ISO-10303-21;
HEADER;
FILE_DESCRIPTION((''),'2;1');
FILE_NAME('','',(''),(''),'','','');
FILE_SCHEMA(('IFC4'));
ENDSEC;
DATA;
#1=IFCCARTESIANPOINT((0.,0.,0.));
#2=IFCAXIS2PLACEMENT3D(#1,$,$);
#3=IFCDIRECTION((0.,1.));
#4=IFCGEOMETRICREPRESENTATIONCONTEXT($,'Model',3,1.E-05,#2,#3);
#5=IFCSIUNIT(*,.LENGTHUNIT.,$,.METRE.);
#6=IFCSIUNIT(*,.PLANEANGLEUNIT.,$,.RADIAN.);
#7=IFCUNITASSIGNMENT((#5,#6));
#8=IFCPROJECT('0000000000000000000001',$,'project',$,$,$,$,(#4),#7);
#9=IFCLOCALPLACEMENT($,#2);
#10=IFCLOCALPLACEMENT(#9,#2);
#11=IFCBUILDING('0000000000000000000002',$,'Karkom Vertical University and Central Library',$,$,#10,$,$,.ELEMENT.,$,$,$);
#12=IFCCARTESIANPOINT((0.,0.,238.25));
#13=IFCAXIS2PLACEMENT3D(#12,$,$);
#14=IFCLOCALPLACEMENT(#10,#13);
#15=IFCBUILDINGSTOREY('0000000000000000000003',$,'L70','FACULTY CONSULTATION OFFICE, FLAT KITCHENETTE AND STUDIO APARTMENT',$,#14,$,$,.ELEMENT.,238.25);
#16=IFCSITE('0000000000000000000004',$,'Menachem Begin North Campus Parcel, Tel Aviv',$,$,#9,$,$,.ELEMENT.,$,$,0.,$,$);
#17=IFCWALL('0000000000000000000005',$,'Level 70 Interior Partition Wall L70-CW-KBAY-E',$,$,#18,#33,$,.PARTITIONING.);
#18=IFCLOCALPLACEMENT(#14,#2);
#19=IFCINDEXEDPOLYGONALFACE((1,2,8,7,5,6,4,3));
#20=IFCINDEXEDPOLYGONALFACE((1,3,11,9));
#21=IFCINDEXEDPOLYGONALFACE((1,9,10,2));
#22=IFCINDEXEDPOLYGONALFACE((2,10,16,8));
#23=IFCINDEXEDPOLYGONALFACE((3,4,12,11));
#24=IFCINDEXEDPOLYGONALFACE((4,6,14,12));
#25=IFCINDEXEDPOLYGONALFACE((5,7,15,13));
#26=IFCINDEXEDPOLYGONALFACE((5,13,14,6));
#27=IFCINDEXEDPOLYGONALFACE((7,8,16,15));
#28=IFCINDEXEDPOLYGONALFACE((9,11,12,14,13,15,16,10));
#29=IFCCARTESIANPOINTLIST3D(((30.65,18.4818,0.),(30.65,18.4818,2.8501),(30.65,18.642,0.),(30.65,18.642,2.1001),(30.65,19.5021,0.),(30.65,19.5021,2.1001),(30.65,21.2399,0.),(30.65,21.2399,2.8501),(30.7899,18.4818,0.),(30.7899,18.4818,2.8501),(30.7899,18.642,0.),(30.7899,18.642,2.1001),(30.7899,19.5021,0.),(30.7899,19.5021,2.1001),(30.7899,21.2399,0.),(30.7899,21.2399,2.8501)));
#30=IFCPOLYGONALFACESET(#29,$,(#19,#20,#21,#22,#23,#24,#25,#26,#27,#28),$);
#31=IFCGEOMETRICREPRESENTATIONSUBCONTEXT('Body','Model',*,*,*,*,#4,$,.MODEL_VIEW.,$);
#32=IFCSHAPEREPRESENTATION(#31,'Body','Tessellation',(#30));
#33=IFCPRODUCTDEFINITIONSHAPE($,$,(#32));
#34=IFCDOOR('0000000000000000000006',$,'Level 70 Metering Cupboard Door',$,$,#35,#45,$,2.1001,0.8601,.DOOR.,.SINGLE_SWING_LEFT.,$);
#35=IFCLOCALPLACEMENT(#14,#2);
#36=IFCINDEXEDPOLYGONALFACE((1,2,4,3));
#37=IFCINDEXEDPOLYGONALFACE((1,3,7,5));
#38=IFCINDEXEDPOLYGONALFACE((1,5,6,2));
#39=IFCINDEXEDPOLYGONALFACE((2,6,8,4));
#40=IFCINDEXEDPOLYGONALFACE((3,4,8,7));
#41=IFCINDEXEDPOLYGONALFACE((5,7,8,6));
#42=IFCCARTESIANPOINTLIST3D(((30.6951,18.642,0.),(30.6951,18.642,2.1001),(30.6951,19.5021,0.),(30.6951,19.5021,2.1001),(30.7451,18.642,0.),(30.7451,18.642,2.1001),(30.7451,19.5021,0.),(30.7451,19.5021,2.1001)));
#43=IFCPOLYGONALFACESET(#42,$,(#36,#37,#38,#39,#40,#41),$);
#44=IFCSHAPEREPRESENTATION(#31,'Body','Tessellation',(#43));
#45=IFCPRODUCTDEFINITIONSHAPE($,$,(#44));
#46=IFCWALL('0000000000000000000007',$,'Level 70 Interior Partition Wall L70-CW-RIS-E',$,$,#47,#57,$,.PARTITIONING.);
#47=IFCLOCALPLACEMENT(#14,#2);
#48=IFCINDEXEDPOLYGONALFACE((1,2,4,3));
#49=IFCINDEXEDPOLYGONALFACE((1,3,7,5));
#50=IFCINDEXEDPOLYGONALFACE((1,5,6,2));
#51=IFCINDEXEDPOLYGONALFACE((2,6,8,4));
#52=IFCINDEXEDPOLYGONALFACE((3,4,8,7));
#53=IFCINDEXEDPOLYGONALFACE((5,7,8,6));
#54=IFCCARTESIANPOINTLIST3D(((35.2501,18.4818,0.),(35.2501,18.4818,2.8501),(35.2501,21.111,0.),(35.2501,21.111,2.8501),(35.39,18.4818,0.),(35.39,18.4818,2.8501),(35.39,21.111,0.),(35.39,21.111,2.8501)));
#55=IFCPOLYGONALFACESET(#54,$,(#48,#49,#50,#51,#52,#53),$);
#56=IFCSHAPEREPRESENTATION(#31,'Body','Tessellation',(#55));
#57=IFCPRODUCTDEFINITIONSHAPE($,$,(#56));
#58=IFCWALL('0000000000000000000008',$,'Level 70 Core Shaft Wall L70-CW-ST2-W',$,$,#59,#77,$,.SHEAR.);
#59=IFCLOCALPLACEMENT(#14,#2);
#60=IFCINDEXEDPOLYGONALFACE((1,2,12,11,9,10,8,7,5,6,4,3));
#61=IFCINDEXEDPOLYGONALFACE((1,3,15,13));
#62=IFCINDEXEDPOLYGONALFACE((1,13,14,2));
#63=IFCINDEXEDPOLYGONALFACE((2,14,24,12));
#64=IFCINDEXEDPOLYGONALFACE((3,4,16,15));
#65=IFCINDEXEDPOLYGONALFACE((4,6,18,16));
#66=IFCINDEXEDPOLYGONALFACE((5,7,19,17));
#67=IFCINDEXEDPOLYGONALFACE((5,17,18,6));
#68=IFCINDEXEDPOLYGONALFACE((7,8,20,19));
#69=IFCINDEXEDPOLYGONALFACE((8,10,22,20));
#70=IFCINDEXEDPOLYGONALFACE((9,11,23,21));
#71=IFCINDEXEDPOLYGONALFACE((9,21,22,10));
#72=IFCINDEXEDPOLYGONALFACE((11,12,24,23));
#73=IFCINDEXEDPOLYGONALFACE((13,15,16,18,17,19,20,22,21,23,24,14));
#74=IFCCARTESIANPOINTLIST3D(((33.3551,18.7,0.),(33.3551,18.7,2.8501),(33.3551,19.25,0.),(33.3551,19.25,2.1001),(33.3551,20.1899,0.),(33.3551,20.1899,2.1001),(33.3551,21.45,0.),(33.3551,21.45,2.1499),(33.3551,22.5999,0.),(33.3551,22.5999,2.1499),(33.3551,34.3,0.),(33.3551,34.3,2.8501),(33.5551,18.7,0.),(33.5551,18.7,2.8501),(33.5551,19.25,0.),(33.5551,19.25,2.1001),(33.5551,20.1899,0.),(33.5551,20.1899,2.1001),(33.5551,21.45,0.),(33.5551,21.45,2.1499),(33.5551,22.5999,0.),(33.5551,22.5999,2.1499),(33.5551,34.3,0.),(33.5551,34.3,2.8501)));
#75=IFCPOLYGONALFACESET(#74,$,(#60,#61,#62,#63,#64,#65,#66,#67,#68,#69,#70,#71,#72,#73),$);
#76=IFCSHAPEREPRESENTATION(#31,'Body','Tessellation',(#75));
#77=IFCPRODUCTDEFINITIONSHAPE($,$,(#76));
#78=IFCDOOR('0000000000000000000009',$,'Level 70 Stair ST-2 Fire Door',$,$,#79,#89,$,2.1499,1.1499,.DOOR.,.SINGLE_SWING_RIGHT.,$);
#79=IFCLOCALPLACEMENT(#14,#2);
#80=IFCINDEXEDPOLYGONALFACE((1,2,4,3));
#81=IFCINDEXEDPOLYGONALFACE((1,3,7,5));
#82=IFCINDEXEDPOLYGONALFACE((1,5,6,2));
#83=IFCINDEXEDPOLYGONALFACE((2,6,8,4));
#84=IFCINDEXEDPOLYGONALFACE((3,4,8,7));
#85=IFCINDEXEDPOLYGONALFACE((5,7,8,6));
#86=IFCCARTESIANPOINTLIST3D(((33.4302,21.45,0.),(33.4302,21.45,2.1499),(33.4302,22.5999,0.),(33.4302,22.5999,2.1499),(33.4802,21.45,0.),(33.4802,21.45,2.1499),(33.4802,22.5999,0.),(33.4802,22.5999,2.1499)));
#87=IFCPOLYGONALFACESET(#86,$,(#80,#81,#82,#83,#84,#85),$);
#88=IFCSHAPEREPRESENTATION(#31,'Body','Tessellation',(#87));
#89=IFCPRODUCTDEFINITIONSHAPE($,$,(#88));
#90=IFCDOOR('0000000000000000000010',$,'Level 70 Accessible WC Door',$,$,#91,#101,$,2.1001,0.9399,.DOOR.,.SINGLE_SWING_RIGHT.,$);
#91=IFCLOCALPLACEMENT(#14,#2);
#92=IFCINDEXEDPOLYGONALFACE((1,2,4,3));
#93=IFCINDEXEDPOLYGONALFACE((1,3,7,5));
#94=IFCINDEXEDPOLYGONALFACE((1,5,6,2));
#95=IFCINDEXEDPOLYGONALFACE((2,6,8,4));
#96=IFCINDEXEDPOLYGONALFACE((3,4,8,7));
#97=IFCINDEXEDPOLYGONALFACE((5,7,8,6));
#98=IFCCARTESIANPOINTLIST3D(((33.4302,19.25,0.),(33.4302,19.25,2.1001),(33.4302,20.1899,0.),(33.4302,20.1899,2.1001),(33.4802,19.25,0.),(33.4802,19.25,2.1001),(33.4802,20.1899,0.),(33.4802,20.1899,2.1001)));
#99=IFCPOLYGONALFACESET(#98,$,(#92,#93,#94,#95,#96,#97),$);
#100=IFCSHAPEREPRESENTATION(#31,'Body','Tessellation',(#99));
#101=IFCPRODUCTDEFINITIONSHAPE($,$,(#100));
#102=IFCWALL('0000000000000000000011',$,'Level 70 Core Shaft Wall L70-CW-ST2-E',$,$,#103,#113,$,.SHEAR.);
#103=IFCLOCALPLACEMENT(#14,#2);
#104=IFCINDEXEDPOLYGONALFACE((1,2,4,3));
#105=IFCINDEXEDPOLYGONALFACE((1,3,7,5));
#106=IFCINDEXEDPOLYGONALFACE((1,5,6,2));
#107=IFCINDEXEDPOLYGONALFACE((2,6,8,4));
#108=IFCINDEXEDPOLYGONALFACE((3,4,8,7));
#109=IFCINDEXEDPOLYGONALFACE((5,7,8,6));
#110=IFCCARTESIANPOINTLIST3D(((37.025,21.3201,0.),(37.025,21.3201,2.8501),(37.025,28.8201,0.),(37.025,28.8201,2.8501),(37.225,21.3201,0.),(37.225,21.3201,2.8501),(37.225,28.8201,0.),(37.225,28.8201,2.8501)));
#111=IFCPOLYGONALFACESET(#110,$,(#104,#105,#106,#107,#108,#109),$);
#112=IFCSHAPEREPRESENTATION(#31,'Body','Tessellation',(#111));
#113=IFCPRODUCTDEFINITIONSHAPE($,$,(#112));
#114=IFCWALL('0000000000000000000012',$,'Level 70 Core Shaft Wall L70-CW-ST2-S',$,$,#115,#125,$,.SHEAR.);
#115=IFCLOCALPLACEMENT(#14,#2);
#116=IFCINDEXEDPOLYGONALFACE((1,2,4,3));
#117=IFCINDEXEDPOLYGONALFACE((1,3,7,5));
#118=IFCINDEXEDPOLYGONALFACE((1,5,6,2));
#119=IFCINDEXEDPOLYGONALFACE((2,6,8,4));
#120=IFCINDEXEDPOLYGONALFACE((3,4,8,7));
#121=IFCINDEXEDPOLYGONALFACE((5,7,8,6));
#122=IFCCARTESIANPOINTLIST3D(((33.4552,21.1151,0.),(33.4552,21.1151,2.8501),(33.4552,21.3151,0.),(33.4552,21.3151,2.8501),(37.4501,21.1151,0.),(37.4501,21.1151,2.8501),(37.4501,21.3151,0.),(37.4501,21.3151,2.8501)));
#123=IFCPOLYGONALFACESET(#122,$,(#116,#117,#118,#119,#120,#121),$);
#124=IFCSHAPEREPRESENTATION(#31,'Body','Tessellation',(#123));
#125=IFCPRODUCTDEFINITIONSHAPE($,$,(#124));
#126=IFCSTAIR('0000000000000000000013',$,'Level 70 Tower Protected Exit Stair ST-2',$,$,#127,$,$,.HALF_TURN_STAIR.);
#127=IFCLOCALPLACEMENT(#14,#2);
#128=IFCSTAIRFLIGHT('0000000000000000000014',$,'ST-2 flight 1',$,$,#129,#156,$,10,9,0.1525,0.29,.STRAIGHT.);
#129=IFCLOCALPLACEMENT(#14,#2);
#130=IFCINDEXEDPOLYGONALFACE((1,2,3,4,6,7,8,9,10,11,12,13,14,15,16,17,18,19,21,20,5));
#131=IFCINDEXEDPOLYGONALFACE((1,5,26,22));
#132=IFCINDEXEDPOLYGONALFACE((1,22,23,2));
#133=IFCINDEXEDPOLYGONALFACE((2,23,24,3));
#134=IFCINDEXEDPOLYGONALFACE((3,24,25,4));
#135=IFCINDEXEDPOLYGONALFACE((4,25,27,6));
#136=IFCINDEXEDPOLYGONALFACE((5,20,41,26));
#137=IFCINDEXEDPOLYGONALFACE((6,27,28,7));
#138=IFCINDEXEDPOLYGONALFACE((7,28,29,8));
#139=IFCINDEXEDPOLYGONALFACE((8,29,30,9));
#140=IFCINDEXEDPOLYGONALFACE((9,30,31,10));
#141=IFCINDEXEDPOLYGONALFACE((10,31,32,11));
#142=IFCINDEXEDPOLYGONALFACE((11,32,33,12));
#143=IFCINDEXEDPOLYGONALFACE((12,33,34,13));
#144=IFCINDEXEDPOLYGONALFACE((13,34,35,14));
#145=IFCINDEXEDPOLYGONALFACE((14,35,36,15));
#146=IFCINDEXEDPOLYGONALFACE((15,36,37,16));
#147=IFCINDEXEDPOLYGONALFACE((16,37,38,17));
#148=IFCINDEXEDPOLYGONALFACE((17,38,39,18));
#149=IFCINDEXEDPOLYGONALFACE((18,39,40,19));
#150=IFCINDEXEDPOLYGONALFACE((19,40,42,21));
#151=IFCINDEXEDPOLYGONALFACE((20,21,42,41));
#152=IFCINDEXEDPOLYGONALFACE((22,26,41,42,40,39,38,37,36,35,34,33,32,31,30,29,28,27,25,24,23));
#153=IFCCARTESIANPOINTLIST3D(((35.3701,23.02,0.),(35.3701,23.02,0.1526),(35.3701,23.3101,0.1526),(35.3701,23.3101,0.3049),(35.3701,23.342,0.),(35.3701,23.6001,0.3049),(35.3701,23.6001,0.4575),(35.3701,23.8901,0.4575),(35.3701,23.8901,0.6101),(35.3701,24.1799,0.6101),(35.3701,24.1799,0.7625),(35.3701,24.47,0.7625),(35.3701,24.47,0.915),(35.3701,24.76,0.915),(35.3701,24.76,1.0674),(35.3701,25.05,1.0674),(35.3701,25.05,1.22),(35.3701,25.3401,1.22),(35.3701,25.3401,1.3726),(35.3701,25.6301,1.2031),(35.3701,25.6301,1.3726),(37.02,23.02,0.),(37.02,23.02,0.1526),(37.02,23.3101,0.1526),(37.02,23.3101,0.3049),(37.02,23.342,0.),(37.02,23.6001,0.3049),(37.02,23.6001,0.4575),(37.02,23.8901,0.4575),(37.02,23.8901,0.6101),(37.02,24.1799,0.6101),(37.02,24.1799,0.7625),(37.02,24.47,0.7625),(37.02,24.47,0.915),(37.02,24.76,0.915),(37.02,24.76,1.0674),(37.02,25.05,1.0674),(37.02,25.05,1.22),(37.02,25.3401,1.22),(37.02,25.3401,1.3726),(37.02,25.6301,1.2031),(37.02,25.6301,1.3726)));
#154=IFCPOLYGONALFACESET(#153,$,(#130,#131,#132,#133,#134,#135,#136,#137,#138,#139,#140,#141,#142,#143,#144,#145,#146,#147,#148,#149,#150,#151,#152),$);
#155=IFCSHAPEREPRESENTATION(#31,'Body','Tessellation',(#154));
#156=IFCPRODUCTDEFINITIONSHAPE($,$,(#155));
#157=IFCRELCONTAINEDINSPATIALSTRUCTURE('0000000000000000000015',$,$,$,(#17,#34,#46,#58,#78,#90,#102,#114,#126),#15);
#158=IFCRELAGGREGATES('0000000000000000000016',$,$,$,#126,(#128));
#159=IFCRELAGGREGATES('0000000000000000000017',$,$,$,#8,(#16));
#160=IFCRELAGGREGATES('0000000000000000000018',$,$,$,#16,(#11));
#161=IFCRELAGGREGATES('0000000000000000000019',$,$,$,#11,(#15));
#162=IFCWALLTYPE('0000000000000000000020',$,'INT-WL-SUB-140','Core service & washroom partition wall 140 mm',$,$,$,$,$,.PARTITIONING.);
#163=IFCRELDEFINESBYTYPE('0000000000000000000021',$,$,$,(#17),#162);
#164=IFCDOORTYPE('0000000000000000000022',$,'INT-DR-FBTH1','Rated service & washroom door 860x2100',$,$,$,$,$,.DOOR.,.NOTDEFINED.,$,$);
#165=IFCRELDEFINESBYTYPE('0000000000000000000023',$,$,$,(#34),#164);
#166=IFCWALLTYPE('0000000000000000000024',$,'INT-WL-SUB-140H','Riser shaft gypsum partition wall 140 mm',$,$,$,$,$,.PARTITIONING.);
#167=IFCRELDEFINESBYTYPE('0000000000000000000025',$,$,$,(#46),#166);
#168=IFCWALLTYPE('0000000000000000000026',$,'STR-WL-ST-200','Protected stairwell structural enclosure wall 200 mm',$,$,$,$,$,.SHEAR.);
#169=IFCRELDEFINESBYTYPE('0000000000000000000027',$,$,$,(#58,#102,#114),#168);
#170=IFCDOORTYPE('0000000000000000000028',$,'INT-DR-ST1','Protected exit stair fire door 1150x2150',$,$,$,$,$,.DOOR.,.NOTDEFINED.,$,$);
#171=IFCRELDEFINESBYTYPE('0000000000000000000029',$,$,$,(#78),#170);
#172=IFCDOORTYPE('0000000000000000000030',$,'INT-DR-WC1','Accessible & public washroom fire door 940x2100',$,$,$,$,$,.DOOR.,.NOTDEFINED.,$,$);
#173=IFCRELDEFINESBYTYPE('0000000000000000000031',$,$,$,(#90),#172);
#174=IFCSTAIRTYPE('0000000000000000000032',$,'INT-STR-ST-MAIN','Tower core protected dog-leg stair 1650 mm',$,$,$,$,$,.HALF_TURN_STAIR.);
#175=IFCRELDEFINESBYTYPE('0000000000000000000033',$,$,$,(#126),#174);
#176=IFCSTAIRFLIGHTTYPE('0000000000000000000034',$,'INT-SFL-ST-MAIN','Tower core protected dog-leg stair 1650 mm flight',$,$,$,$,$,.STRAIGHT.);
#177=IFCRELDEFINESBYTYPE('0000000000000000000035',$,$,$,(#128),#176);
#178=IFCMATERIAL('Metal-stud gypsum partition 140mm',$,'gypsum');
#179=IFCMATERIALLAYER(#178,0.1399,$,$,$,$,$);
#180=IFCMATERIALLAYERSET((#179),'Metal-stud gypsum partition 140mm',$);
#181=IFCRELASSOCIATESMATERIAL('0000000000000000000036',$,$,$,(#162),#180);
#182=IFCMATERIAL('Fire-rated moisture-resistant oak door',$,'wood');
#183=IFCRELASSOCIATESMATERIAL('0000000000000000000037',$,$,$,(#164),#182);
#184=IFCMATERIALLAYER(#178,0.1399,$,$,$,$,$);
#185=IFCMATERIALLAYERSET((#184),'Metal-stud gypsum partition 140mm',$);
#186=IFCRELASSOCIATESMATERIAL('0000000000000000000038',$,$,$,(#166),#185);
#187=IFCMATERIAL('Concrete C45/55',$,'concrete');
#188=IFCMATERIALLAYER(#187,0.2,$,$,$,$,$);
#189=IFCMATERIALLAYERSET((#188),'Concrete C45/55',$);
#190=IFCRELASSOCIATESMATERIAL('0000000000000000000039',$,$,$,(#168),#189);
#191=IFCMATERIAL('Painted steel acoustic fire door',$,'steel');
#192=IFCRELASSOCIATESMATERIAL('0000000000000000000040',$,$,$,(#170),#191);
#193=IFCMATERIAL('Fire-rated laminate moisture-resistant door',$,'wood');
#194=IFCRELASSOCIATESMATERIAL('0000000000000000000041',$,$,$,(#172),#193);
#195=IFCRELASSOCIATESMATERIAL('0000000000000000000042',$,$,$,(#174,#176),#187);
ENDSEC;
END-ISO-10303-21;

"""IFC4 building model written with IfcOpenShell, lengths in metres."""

from ifc_helpers import new_model, si_unit, direction, frame, frame_2d, origin, origin_with_axes, place, context, subcontext, project, spatial, polyline, rectangle, outline, extrude, source, transform, mapped, material, layer, layer_set, type_object, element, fill, aggregate, save


model = new_model("IFC4")

# Units and contexts
model_context = context("Model", 3, precision=1e-05, world=origin(), true_north=direction((0.0, 1.0)))
body_context = subcontext(model_context, "Body", "Model", "MODEL_VIEW")
ifc_project = project(units=[si_unit("LENGTHUNIT", "METRE"), si_unit("PLANEANGLEUNIT", "RADIAN")], contexts=[model_context])

# Site, building, storey
site_placement = place(None, origin())
site = spatial("IfcSite", under=ifc_project, at=site_placement, Name="Menachem Begin North Campus Parcel, Tel Aviv", CompositionType="ELEMENT", RefElevation=0.0)
building_placement = place(site_placement, origin())
building = spatial("IfcBuilding", under=site, at=building_placement, Name="Karkom Vertical University and Central Library", CompositionType="ELEMENT")
storey_placement = place(building_placement, frame((0.0, 0.0, 238.25)))
storey = spatial("IfcBuildingStorey", under=building, at=storey_placement, Name="L70", Description="FACULTY CONSULTATION OFFICE, FLAT KITCHENETTE AND STUDIO APARTMENT", CompositionType="ELEMENT", Elevation=238.25)

# Shared definitions
ifc_material_1 = material(Name="Concrete C45/55", Category="concrete")

# Shared definitions
ifc_material_2 = material(Name="Metal-stud gypsum partition 140mm", Category="gypsum")
ifc_layer_1 = layer(ifc_material_2, 0.1399)
ifc_layer_set_1 = layer_set([ifc_layer_1], Name="Metal-stud gypsum partition 140mm")
wall_type_1 = type_object("IfcWallType", Name="INT-WL-SUB-140", Description="Core service & washroom partition wall 140 mm", PredefinedType="PARTITIONING", material=ifc_layer_set_1)

# Wall, opening, door
wall_1_placement = place(storey_placement, frame((30.72, 18.4819, 0.0), z_axis=(0.0, 0.0, 1.0), x_axis=(0.0, 1.0, 0.0)))
wall_1 = element("IfcWall", 1, at=wall_1_placement, inside=storey, type_object=wall_type_1, Name="Level 70 Interior Partition Wall L70-CW-KBAY-E", PredefinedType="PARTITIONING", context=body_context, shape_type="SweptSolid", body=[
    extrude(rectangle(XDim=2.7581, YDim=0.1399, at=frame_2d((1.3789, 0.0))), origin(), (0.0, 0.0, 1.0), 2.8501),
])
opening_1_placement = place(wall_1_placement, frame((0.1599, 0.0, 0.0)))
opening_1 = element("IfcOpeningElement", 2, at=opening_1_placement, cuts=wall_1, PredefinedType="OPENING", context=body_context, shape_type="SweptSolid", body=[
    extrude(rectangle(XDim=0.8601, YDim=2.1001, at=frame_2d((0.4302, 1.05))), frame((0.0, 0.0801, 0.0), z_axis=(0.0, -1.0, 0.0), x_axis=(1.0, 0.0, 0.0)), (0.0, 0.0, 1.0), 0.1599),
])
ifc_material_3 = material(Name="Fire-rated moisture-resistant oak door", Category="wood")
door_type_1 = type_object("IfcDoorType", Name="INT-DR-FBTH1", Description="Rated service & washroom door 860x2100", OperationType="NOTDEFINED", PredefinedType="DOOR", material=ifc_material_3)
shared_shape_1 = source(origin_with_axes(), body_context, "Body", "SweptSolid", [
    extrude(rectangle(XDim=0.8601, YDim=2.1001, at=frame_2d((0.4302, 1.05))), frame((0.0, 0.0249, 0.0), z_axis=(0.0, -1.0, 0.0), x_axis=(1.0, 0.0, 0.0)), (0.0, 0.0, 1.0), 0.05),
])
door_1_placement = place(opening_1_placement, origin())
door_1 = element("IfcDoor", 3, at=door_1_placement, inside=storey, type_object=door_type_1, Name="Level 70 Metering Cupboard Door", OperationType="SINGLE_SWING_LEFT", OverallHeight=2.1001, OverallWidth=0.8601, PredefinedType="DOOR", context=body_context, shape_type="MappedRepresentation", body=[
    mapped(shared_shape_1, transform((0.0, 0.0, 0.0), scale=1.0)),
])
fill(opening_1, door_1)

# Wall
ifc_layer_2 = layer(ifc_material_2, 0.1399)
ifc_layer_set_2 = layer_set([ifc_layer_2], Name="Metal-stud gypsum partition 140mm")
wall_type_2 = type_object("IfcWallType", Name="INT-WL-SUB-140H", Description="Riser shaft gypsum partition wall 140 mm", PredefinedType="PARTITIONING", material=ifc_layer_set_2)
wall_2_placement = place(storey_placement, frame((35.3201, 18.4819, 0.0), z_axis=(0.0, 0.0, 1.0), x_axis=(0.0, 1.0, 0.0)))
element("IfcWall", 4, at=wall_2_placement, inside=storey, type_object=wall_type_2, Name="Level 70 Interior Partition Wall L70-CW-RIS-E", PredefinedType="PARTITIONING", context=body_context, shape_type="SweptSolid", body=[
    extrude(rectangle(XDim=2.6292, YDim=0.1399, at=frame_2d((1.3145, 0.0))), origin(), (0.0, 0.0, 1.0), 2.8501),
])

# Wall, openings, doors
ifc_layer_3 = layer(ifc_material_1, 0.2)
ifc_layer_set_3 = layer_set([ifc_layer_3], Name="Concrete C45/55")
wall_type_3 = type_object("IfcWallType", Name="STR-WL-ST-200", Description="Protected stairwell structural enclosure wall 200 mm", PredefinedType="SHEAR", material=ifc_layer_set_3)
wall_3_placement = place(storey_placement, frame((33.4551, 18.7, 0.0), z_axis=(0.0, 0.0, 1.0), x_axis=(0.0, 1.0, 0.0)))
wall_3 = element("IfcWall", 5, at=wall_3_placement, inside=storey, type_object=wall_type_3, Name="Level 70 Core Shaft Wall L70-CW-ST2-W", PredefinedType="SHEAR", context=body_context, shape_type="SweptSolid", body=[
    extrude(rectangle(XDim=15.6001, YDim=0.2, at=frame_2d((7.8, 0.0))), origin(), (0.0, 0.0, 1.0), 2.8501),
])
opening_2_placement = place(wall_3_placement, frame((2.75, 0.0, 0.0)))
opening_2 = element("IfcOpeningElement", 6, at=opening_2_placement, cuts=wall_3, PredefinedType="OPENING", context=body_context, shape_type="SweptSolid", body=[
    extrude(rectangle(XDim=1.1499, YDim=2.1499, at=frame_2d((0.575, 1.075))), frame((0.0, 0.1099, 0.0), z_axis=(0.0, -1.0, 0.0), x_axis=(1.0, 0.0, 0.0)), (0.0, 0.0, 1.0), 0.22),
])
opening_3_placement = place(wall_3_placement, frame((0.55, 0.0, 0.0)))
opening_3 = element("IfcOpeningElement", 7, at=opening_3_placement, cuts=wall_3, PredefinedType="OPENING", context=body_context, shape_type="SweptSolid", body=[
    extrude(rectangle(XDim=0.9399, YDim=2.1001, at=frame_2d((0.47, 1.05))), frame((0.0, 0.1099, 0.0), z_axis=(0.0, -1.0, 0.0), x_axis=(1.0, 0.0, 0.0)), (0.0, 0.0, 1.0), 0.22),
])
ifc_material_4 = material(Name="Painted steel acoustic fire door", Category="steel")
door_type_2 = type_object("IfcDoorType", Name="INT-DR-ST1", Description="Protected exit stair fire door 1150x2150", OperationType="NOTDEFINED", PredefinedType="DOOR", material=ifc_material_4)
shared_shape_2 = source(origin_with_axes(), body_context, "Body", "SweptSolid", [
    extrude(rectangle(XDim=1.1499, YDim=2.1499, at=frame_2d((0.575, 1.075))), frame((0.0, 0.0249, 0.0), z_axis=(0.0, -1.0, 0.0), x_axis=(1.0, 0.0, 0.0)), (0.0, 0.0, 1.0), 0.05),
])
door_2_placement = place(opening_2_placement, origin())
door_2 = element("IfcDoor", 8, at=door_2_placement, inside=storey, type_object=door_type_2, Name="Level 70 Stair ST-2 Fire Door", OperationType="SINGLE_SWING_RIGHT", OverallHeight=2.1499, OverallWidth=1.1499, PredefinedType="DOOR", context=body_context, shape_type="MappedRepresentation", body=[
    mapped(shared_shape_2, transform((0.0, 0.0, 0.0), scale=1.0)),
])
fill(opening_2, door_2)
ifc_material_5 = material(Name="Fire-rated laminate moisture-resistant door", Category="wood")
door_type_3 = type_object("IfcDoorType", Name="INT-DR-WC1", Description="Accessible & public washroom fire door 940x2100", OperationType="NOTDEFINED", PredefinedType="DOOR", material=ifc_material_5)
shared_shape_3 = source(origin_with_axes(), body_context, "Body", "SweptSolid", [
    extrude(rectangle(XDim=0.9399, YDim=2.1001, at=frame_2d((0.47, 1.05))), frame((0.0, 0.0249, 0.0), z_axis=(0.0, -1.0, 0.0), x_axis=(1.0, 0.0, 0.0)), (0.0, 0.0, 1.0), 0.05),
])
door_3_placement = place(opening_3_placement, origin())
door_3 = element("IfcDoor", 9, at=door_3_placement, inside=storey, type_object=door_type_3, Name="Level 70 Accessible WC Door", OperationType="SINGLE_SWING_RIGHT", OverallHeight=2.1001, OverallWidth=0.9399, PredefinedType="DOOR", context=body_context, shape_type="MappedRepresentation", body=[
    mapped(shared_shape_3, transform((0.0, 0.0, 0.0), scale=1.0)),
])
fill(opening_3, door_3)

# Walls
wall_4_placement = place(storey_placement, frame((37.125, 21.3201, 0.0), z_axis=(0.0, 0.0, 1.0), x_axis=(0.0, 1.0, 0.0)))
element("IfcWall", 10, at=wall_4_placement, inside=storey, type_object=wall_type_3, Name="Level 70 Core Shaft Wall L70-CW-ST2-E", PredefinedType="SHEAR", context=body_context, shape_type="SweptSolid", body=[
    extrude(rectangle(XDim=7.5, YDim=0.2, at=frame_2d((3.75, 0.0))), origin(), (0.0, 0.0, 1.0), 2.8501),
])
wall_5_placement = place(storey_placement, frame((33.4551, 21.2151, 0.0), z_axis=(0.0, 0.0, 1.0), x_axis=(1.0, 0.0, 0.0)))
element("IfcWall", 11, at=wall_5_placement, inside=storey, type_object=wall_type_3, Name="Level 70 Core Shaft Wall L70-CW-ST2-S", PredefinedType="SHEAR", context=body_context, shape_type="SweptSolid", body=[
    extrude(rectangle(XDim=3.9949, YDim=0.2, at=frame_2d((1.9976, 0.0))), origin(), (0.0, 0.0, 1.0), 2.8501),
])

# Stair, stair flight
stair_type = type_object("IfcStairType", Name="INT-STR-ST-MAIN", Description="Tower core protected dog-leg stair 1650 mm", PredefinedType="HALF_TURN_STAIR", material=ifc_material_1)
stair_placement = place(storey_placement, origin())
stair = element("IfcStair", 12, at=stair_placement, inside=storey, type_object=stair_type, Name="Level 70 Tower Protected Exit Stair ST-2", PredefinedType="HALF_TURN_STAIR")
stair_flight_type = type_object("IfcStairFlightType", Name="INT-SFL-ST-MAIN", Description="Tower core protected dog-leg stair 1650 mm flight", PredefinedType="STRAIGHT", material=ifc_material_1)
stair_flight_placement = place(storey_placement, frame((36.1951, 23.02, 0.0), z_axis=(0.0, 0.0, 1.0), x_axis=(0.0, 1.0, 0.0)))
stair_flight = element("IfcStairFlight", 13, at=stair_flight_placement, type_object=stair_flight_type, Name="ST-2 flight 1", NumberOfRisers=10, NumberOfTreads=9, PredefinedType="STRAIGHT", RiserHeight=0.1525, TreadLength=0.29, context=body_context, shape_type="SweptSolid", body=[
    extrude(outline(polyline([(0.0, 0.0), (0.0, 0.1526), (0.29, 0.1526), (0.29, 0.3049), (0.5801, 0.3049), (0.5801, 0.4575), (0.8701, 0.4575), (0.8701, 0.6101), (1.1599, 0.6101), (1.1599, 0.7625), (1.45, 0.7625), (1.45, 0.915), (1.74, 0.915), (1.74, 1.0674), (2.03, 1.0674), (2.03, 1.22), (2.3201, 1.22), (2.3201, 1.3726), (2.6101, 1.3726), (2.6101, 1.5249), (2.6101, 1.2031), (0.322, 0.0), (0.0, 0.0)])), frame((0.0, 0.825, 0.0), z_axis=(0.0, -1.0, 0.0), x_axis=(1.0, 0.0, 0.0)), (0.0, 0.0, 1.0), 1.6499),
])
aggregate(stair, [stair_flight])

save(model, "model.ifc")
